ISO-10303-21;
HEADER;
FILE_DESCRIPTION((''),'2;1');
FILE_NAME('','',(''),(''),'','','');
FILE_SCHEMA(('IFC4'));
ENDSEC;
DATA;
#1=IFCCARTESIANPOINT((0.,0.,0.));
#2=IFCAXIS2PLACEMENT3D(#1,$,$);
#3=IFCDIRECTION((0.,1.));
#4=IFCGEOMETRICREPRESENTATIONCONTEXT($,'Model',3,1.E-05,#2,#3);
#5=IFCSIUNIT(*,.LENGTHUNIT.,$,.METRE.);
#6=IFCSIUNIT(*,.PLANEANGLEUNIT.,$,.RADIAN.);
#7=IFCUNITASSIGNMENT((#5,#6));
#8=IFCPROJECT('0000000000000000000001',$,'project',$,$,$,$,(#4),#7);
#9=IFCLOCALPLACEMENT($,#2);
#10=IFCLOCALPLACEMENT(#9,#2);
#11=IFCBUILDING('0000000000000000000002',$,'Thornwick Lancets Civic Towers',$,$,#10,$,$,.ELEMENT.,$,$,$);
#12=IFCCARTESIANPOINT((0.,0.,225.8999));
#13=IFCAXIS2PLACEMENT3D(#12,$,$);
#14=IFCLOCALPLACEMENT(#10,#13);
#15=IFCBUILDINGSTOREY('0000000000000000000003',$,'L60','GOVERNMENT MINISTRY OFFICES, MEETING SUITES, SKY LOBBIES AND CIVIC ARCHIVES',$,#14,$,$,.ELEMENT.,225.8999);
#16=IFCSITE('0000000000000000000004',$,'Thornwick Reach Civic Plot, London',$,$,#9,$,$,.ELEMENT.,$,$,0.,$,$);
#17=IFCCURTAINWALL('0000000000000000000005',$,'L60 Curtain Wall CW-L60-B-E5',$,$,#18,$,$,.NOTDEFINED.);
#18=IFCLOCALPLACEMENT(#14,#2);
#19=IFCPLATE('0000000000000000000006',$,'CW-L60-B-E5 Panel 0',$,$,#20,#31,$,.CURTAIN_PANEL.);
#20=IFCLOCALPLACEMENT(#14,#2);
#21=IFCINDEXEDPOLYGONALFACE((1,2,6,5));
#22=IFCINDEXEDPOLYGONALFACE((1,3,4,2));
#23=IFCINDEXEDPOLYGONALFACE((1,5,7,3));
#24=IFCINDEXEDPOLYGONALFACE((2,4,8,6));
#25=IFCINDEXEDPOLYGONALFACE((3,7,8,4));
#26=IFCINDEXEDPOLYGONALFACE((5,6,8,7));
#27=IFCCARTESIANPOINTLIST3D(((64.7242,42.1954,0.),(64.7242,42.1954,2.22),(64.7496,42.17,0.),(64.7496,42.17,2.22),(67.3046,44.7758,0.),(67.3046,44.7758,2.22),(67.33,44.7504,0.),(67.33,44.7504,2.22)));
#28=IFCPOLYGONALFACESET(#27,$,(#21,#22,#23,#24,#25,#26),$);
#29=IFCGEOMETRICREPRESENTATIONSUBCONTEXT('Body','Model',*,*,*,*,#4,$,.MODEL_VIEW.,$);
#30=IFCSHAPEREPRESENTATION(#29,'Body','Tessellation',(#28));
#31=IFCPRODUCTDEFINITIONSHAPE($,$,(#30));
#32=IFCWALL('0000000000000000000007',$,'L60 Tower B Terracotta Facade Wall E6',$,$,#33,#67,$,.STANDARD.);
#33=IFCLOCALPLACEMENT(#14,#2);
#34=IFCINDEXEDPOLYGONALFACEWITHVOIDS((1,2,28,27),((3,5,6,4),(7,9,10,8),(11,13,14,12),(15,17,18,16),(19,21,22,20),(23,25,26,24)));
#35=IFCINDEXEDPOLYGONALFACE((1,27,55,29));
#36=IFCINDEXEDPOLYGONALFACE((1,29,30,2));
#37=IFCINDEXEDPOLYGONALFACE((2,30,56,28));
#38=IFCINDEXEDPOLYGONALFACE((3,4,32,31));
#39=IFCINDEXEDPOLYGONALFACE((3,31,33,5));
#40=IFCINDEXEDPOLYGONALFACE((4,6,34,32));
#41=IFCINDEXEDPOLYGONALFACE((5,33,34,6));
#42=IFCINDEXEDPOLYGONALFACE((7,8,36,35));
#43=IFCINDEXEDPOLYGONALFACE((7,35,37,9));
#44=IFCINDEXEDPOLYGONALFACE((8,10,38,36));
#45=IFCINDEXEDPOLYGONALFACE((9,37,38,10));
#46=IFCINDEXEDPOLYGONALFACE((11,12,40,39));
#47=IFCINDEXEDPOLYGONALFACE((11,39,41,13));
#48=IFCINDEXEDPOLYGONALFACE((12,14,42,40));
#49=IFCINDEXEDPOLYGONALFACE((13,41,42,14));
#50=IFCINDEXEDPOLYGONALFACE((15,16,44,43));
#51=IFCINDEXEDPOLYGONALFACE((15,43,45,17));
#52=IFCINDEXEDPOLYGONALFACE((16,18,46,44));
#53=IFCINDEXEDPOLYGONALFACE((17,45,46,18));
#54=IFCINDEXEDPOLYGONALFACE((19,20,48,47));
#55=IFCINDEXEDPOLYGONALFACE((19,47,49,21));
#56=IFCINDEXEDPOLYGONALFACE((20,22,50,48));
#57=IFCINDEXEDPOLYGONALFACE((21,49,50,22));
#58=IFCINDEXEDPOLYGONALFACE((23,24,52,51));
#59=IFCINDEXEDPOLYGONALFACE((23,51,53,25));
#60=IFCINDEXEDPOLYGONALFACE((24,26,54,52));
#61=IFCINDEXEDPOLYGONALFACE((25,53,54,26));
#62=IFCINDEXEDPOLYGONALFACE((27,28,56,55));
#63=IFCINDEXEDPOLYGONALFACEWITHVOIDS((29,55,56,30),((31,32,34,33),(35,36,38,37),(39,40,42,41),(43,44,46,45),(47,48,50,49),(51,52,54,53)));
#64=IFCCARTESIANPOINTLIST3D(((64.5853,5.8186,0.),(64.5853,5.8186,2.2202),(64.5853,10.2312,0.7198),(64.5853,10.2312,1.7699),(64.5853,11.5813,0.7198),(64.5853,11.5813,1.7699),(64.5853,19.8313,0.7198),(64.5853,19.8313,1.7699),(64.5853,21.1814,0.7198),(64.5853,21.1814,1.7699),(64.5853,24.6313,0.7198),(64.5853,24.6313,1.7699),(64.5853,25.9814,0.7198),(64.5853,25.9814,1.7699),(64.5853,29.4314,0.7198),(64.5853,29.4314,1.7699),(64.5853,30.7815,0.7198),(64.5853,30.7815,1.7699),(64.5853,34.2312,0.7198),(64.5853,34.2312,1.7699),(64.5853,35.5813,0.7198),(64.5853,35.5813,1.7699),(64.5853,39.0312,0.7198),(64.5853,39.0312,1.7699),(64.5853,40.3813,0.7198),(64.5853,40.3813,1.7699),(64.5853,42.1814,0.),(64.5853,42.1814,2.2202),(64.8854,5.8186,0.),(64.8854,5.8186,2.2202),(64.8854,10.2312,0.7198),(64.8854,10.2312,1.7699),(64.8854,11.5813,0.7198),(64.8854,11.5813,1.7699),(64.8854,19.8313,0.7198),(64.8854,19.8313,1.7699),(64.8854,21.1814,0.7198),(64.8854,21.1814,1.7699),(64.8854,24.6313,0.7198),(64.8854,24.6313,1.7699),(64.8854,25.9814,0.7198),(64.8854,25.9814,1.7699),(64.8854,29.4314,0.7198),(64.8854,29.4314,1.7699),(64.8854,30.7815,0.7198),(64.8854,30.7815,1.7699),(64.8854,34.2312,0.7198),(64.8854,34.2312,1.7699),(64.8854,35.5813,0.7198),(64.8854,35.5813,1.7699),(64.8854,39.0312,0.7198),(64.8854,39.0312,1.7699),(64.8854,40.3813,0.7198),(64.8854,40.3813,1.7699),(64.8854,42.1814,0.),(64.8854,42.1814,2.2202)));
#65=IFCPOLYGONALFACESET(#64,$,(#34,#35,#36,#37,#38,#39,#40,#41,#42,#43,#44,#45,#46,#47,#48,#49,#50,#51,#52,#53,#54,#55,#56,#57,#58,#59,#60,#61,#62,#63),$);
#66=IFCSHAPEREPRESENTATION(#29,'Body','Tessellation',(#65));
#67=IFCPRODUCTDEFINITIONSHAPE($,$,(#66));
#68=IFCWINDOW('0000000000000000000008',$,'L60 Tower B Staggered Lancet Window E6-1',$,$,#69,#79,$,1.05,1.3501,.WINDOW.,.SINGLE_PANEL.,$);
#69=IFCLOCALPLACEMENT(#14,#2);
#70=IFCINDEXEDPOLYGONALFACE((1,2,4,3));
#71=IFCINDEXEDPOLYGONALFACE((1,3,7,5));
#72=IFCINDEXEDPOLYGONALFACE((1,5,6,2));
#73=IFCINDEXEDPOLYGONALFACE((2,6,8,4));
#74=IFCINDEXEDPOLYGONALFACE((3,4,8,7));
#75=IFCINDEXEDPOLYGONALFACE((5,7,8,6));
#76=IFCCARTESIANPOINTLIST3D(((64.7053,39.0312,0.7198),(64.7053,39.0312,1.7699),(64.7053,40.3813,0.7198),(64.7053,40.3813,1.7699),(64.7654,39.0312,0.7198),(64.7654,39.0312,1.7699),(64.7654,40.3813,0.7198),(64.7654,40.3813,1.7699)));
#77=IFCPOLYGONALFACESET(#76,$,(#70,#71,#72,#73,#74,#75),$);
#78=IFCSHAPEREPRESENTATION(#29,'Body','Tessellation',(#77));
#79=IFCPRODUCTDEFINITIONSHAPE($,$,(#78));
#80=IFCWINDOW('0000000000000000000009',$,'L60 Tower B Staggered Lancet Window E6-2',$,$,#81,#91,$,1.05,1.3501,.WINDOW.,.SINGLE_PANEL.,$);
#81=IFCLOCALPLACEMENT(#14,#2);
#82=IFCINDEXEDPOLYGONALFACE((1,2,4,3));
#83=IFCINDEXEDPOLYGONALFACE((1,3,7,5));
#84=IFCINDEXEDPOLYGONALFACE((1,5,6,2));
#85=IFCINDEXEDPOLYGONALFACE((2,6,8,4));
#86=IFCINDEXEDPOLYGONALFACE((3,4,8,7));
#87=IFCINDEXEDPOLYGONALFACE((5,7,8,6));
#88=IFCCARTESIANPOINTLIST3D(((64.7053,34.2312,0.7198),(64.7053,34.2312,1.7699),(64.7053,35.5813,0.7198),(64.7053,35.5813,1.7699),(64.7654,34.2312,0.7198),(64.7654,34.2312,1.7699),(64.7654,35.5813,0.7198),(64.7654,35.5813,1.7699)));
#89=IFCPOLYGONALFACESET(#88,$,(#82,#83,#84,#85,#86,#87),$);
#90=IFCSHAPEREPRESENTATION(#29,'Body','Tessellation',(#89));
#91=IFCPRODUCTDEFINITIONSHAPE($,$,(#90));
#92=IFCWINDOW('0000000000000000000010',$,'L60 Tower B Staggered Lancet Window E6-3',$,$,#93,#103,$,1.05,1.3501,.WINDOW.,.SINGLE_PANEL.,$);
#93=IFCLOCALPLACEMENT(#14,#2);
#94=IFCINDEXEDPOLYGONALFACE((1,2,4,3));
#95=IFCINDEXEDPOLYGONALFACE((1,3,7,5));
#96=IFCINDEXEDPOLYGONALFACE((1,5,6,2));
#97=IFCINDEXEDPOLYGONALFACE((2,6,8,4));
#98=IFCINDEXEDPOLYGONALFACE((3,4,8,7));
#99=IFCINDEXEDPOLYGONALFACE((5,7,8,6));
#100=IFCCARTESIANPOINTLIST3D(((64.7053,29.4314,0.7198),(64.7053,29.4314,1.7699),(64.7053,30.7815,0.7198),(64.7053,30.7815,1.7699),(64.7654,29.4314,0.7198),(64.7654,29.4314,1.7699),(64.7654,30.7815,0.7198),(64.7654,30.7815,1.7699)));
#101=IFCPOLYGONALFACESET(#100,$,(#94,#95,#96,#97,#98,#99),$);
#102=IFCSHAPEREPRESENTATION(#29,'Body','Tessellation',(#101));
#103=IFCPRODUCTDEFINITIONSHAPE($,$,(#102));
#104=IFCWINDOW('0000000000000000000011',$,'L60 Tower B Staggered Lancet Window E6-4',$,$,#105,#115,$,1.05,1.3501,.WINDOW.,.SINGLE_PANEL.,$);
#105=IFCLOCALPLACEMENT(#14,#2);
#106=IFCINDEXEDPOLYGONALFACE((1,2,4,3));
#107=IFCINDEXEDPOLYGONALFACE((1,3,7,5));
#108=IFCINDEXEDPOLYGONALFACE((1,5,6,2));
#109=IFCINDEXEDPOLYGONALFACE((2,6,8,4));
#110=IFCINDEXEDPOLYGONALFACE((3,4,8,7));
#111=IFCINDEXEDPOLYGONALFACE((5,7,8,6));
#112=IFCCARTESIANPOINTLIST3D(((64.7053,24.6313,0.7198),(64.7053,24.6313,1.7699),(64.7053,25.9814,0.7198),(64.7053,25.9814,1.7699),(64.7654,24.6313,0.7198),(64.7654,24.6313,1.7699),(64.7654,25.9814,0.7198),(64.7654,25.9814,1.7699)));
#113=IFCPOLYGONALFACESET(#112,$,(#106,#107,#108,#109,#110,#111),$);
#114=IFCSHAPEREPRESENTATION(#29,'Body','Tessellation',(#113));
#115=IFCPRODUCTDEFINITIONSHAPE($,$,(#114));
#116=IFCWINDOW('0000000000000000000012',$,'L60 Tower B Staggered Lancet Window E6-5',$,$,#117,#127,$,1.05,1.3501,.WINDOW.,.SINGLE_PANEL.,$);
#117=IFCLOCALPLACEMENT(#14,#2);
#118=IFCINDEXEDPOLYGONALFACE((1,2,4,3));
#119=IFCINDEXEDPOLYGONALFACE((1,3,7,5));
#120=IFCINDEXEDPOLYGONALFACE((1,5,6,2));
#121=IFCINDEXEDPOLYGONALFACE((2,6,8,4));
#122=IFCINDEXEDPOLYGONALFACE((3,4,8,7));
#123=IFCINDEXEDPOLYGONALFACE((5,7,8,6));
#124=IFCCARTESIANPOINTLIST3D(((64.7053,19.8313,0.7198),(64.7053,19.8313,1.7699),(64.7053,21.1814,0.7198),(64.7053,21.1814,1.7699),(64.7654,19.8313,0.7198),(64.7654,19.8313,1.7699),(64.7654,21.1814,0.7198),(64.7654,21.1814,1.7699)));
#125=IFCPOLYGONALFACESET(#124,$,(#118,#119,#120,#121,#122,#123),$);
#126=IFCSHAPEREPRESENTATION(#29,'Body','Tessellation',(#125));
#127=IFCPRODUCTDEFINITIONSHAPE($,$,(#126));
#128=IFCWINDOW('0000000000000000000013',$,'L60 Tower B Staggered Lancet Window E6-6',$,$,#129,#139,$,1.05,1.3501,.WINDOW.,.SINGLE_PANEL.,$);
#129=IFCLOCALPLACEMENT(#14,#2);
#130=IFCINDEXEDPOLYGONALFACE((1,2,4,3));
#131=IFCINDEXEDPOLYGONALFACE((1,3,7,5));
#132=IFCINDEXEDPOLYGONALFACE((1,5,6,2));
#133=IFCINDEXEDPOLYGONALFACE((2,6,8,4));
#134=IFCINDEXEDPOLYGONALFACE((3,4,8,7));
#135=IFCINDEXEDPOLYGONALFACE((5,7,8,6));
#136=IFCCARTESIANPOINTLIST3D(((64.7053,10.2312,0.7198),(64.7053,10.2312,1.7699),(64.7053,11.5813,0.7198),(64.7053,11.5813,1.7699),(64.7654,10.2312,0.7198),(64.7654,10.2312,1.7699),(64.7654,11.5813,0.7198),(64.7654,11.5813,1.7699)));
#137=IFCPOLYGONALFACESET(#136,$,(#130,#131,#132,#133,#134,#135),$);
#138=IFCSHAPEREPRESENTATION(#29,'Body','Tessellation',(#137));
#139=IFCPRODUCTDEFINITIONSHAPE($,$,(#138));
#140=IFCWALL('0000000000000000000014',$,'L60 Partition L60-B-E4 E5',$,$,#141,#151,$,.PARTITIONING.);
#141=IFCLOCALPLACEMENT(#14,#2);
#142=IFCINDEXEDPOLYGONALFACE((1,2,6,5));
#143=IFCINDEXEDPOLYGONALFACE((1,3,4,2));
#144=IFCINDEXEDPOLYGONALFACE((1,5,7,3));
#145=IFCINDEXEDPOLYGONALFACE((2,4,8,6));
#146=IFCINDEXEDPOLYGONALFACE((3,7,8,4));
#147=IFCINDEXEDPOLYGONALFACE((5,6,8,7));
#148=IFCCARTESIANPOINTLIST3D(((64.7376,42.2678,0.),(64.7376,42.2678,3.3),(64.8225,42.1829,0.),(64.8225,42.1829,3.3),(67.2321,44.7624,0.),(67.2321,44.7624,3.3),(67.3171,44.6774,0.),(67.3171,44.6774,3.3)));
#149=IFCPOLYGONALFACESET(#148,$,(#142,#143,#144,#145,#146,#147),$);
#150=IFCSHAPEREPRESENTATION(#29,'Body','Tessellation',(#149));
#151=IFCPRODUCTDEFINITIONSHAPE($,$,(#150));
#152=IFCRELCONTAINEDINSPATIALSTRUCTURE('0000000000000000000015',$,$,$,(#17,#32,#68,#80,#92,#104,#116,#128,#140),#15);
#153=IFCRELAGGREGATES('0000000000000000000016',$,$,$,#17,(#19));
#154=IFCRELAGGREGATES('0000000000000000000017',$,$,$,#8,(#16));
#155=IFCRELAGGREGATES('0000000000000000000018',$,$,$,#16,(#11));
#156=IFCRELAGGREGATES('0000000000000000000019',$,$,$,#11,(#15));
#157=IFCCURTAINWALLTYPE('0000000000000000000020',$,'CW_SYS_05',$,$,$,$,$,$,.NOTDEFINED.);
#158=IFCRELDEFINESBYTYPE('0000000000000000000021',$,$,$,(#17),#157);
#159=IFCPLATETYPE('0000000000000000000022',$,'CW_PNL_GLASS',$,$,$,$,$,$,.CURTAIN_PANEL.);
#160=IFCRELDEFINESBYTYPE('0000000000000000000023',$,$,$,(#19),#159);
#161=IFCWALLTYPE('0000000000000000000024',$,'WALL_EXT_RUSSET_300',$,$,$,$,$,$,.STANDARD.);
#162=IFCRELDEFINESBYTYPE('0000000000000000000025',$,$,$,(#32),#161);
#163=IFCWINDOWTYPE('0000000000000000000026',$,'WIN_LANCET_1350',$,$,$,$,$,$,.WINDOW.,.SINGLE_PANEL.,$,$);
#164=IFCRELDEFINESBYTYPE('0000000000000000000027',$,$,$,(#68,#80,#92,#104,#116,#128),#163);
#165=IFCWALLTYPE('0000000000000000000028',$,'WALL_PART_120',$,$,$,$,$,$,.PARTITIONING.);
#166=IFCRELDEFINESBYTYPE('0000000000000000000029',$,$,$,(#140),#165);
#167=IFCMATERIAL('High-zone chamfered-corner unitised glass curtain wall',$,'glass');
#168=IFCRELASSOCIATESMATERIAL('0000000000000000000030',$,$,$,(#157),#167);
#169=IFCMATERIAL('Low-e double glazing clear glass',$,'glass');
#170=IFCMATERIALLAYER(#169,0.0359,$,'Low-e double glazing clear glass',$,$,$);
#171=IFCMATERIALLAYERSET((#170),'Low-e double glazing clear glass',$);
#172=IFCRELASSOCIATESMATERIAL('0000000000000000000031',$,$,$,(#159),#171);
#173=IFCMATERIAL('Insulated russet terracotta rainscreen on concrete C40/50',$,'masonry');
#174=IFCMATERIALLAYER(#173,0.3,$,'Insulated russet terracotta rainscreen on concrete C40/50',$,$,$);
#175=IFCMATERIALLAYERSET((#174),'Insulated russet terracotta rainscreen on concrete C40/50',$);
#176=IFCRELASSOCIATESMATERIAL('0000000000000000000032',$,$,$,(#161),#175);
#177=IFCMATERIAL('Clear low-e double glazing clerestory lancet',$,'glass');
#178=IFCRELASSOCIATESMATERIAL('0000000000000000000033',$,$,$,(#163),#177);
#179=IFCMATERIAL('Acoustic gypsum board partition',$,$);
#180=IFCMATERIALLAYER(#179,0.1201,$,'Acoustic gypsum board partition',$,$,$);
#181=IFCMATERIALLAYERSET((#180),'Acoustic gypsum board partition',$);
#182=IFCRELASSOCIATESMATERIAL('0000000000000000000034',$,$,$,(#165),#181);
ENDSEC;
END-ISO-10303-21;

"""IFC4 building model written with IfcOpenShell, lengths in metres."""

from ifc_helpers import new_model, si_unit, direction, frame, frame_2d, origin, origin_2d, place, context, subcontext, project, spatial, rectangle, extrude, material, layer, layer_set, type_object, element, fill, aggregate, save


model = new_model("IFC4")

# Units and contexts
model_context = context("Model", 3, precision=1e-05, world=origin(), true_north=direction((0.0, 1.0)))
body_context = subcontext(model_context, "Body", "Model", "MODEL_VIEW")
ifc_project = project(units=[si_unit("LENGTHUNIT", "METRE"), si_unit("PLANEANGLEUNIT", "RADIAN")], contexts=[model_context])

# Site, building, storey
site_placement = place(None, origin())
site = spatial("IfcSite", under=ifc_project, at=site_placement, Name="Thornwick Reach Civic Plot, London", CompositionType="ELEMENT", RefElevation=0.0)
building_placement = place(site_placement, origin())
building = spatial("IfcBuilding", under=site, at=building_placement, Name="Thornwick Lancets Civic Towers", CompositionType="ELEMENT")
storey_placement = place(building_placement, frame((0.0, 0.0, 225.8999)))
storey = spatial("IfcBuildingStorey", under=building, at=storey_placement, Name="L60", Description="GOVERNMENT MINISTRY OFFICES, MEETING SUITES, SKY LOBBIES AND CIVIC ARCHIVES", CompositionType="ELEMENT", Elevation=225.8999)

# Shared definitions
ifc_material_1 = material(Name="High-zone chamfered-corner unitised glass curtain wall", Category="glass")
curtain_wall_type = type_object("IfcCurtainWallType", Name="CW_SYS_05", PredefinedType="NOTDEFINED", material=ifc_material_1)

# Curtain wall
curtain_wall_1_placement = place(storey_placement, origin())
curtain_wall_1 = element("IfcCurtainWall", 1, at=curtain_wall_1_placement, inside=storey, type_object=curtain_wall_type, Name="L60 Curtain Wall CW-L60-B-E5", PredefinedType="NOTDEFINED")

# Plate
ifc_material_2 = material(Name="Low-e double glazing clear glass", Category="glass")
ifc_layer_1 = layer(ifc_material_2, 0.0359, Name="Low-e double glazing clear glass")
ifc_layer_set_1 = layer_set([ifc_layer_1], Name="Low-e double glazing clear glass")
plate_type = type_object("IfcPlateType", Name="CW_PNL_GLASS", PredefinedType="CURTAIN_PANEL", material=ifc_layer_set_1)
plate_placement = place(storey_placement, frame((66.0271, 43.4729, 0.0), z_axis=(0.0, 0.0, 1.0), x_axis=(-0.707107, -0.707107, 0.0)))
plate = element("IfcPlate", 2, at=plate_placement, type_object=plate_type, Name="CW-L60-B-E5 Panel 0", PredefinedType="CURTAIN_PANEL", context=body_context, shape_type="SweptSolid", body=[
    extrude(rectangle(XDim=3.6492, YDim=0.0359, at=origin_2d()), origin(), (0.0, 0.0, 1.0), 2.22),
])
aggregate(curtain_wall_1, [plate])

# Wall, openings, windows
ifc_material_3 = material(Name="Insulated russet terracotta rainscreen on concrete C40/50", Category="masonry")
ifc_layer_2 = layer(ifc_material_3, 0.3, Name="Insulated russet terracotta rainscreen on concrete C40/50")
ifc_layer_set_2 = layer_set([ifc_layer_2], Name="Insulated russet terracotta rainscreen on concrete C40/50")
wall_type_1 = type_object("IfcWallType", Name="WALL_EXT_RUSSET_300", PredefinedType="STANDARD", material=ifc_layer_set_2)
wall_1_placement = place(storey_placement, frame((64.7354, 42.1814, 0.0), z_axis=(0.0, 0.0, 1.0), x_axis=(0.0, -1.0, 0.0)))
wall_1 = element("IfcWall", 3, at=wall_1_placement, inside=storey, type_object=wall_type_1, Name="L60 Tower B Terracotta Facade Wall E6", PredefinedType="STANDARD", context=body_context, shape_type="SweptSolid", body=[
    extrude(rectangle(XDim=36.3628, YDim=0.3, at=frame_2d((18.1814, 0.0))), origin(), (0.0, 0.0, 1.0), 2.2202),
])
opening_1_placement = place(wall_1_placement, frame((1.8, 0.0, 0.72)))
opening_1 = element("IfcOpeningElement", 4, at=opening_1_placement, cuts=wall_1, PredefinedType="OPENING", context=body_context, shape_type="SweptSolid", body=[
    extrude(rectangle(XDim=1.3501, YDim=1.05, at=frame_2d((0.675, 0.5249))), frame((0.0, 0.1602, 0.0), z_axis=(0.0, -1.0, 0.0), x_axis=(1.0, 0.0, 0.0)), (0.0, 0.0, 1.0), 0.3201),
])
opening_2_placement = place(wall_1_placement, frame((6.6001, 0.0, 0.72)))
opening_2 = element("IfcOpeningElement", 5, at=opening_2_placement, cuts=wall_1, PredefinedType="OPENING", context=body_context, shape_type="SweptSolid", body=[
    extrude(rectangle(XDim=1.3501, YDim=1.05, at=frame_2d((0.675, 0.5249))), frame((0.0, 0.1602, 0.0), z_axis=(0.0, -1.0, 0.0), x_axis=(1.0, 0.0, 0.0)), (0.0, 0.0, 1.0), 0.3201),
])
opening_3_placement = place(wall_1_placement, frame((11.3999, 0.0, 0.72)))
opening_3 = element("IfcOpeningElement", 6, at=opening_3_placement, cuts=wall_1, PredefinedType="OPENING", context=body_context, shape_type="SweptSolid", body=[
    extrude(rectangle(XDim=1.3501, YDim=1.05, at=frame_2d((0.675, 0.5249))), frame((0.0, 0.1602, 0.0), z_axis=(0.0, -1.0, 0.0), x_axis=(1.0, 0.0, 0.0)), (0.0, 0.0, 1.0), 0.3201),
])
opening_4_placement = place(wall_1_placement, frame((16.2, 0.0, 0.72)))
opening_4 = element("IfcOpeningElement", 7, at=opening_4_placement, cuts=wall_1, PredefinedType="OPENING", context=body_context, shape_type="SweptSolid", body=[
    extrude(rectangle(XDim=1.3501, YDim=1.05, at=frame_2d((0.675, 0.5249))), frame((0.0, 0.1602, 0.0), z_axis=(0.0, -1.0, 0.0), x_axis=(1.0, 0.0, 0.0)), (0.0, 0.0, 1.0), 0.3201),
])
opening_5_placement = place(wall_1_placement, frame((21.0, 0.0, 0.72)))
opening_5 = element("IfcOpeningElement", 8, at=opening_5_placement, cuts=wall_1, PredefinedType="OPENING", context=body_context, shape_type="SweptSolid", body=[
    extrude(rectangle(XDim=1.3501, YDim=1.05, at=frame_2d((0.675, 0.5249))), frame((0.0, 0.1602, 0.0), z_axis=(0.0, -1.0, 0.0), x_axis=(1.0, 0.0, 0.0)), (0.0, 0.0, 1.0), 0.3201),
])
opening_6_placement = place(wall_1_placement, frame((30.6001, 0.0, 0.72)))
opening_6 = element("IfcOpeningElement", 9, at=opening_6_placement, cuts=wall_1, PredefinedType="OPENING", context=body_context, shape_type="SweptSolid", body=[
    extrude(rectangle(XDim=1.3501, YDim=1.05, at=frame_2d((0.675, 0.5249))), frame((0.0, 0.1602, 0.0), z_axis=(0.0, -1.0, 0.0), x_axis=(1.0, 0.0, 0.0)), (0.0, 0.0, 1.0), 0.3201),
])
ifc_material_4 = material(Name="Clear low-e double glazing clerestory lancet", Category="glass")
window_type = type_object("IfcWindowType", Name="WIN_LANCET_1350", PartitioningType="SINGLE_PANEL", PredefinedType="WINDOW", material=ifc_material_4)
window_1_placement = place(opening_1_placement, origin())
window_1 = element("IfcWindow", 10, at=window_1_placement, inside=storey, type_object=window_type, Name="L60 Tower B Staggered Lancet Window E6-1", OverallHeight=1.05, OverallWidth=1.3501, PartitioningType="SINGLE_PANEL", PredefinedType="WINDOW", context=body_context, shape_type="SweptSolid", body=[
    extrude(rectangle(XDim=1.3501, YDim=1.05, at=frame_2d((0.675, 0.5249))), frame((0.0, 0.03, 0.0), z_axis=(0.0, -1.0, 0.0), x_axis=(1.0, 0.0, 0.0)), (0.0, 0.0, 1.0), 0.0601),
])
fill(opening_1, window_1)
window_2_placement = place(opening_2_placement, origin())
window_2 = element("IfcWindow", 11, at=window_2_placement, inside=storey, type_object=window_type, Name="L60 Tower B Staggered Lancet Window E6-2", OverallHeight=1.05, OverallWidth=1.3501, PartitioningType="SINGLE_PANEL", PredefinedType="WINDOW", context=body_context, shape_type="SweptSolid", body=[
    extrude(rectangle(XDim=1.3501, YDim=1.05, at=frame_2d((0.675, 0.5249))), frame((0.0, 0.03, 0.0), z_axis=(0.0, -1.0, 0.0), x_axis=(1.0, 0.0, 0.0)), (0.0, 0.0, 1.0), 0.0601),
])
fill(opening_2, window_2)
window_3_placement = place(opening_3_placement, origin())
window_3 = element("IfcWindow", 12, at=window_3_placement, inside=storey, type_object=window_type, Name="L60 Tower B Staggered Lancet Window E6-3", OverallHeight=1.05, OverallWidth=1.3501, PartitioningType="SINGLE_PANEL", PredefinedType="WINDOW", context=body_context, shape_type="SweptSolid", body=[
    extrude(rectangle(XDim=1.3501, YDim=1.05, at=frame_2d((0.675, 0.5249))), frame((0.0, 0.03, 0.0), z_axis=(0.0, -1.0, 0.0), x_axis=(1.0, 0.0, 0.0)), (0.0, 0.0, 1.0), 0.0601),
])
fill(opening_3, window_3)
window_4_placement = place(opening_4_placement, origin())
window_4 = element("IfcWindow", 13, at=window_4_placement, inside=storey, type_object=window_type, Name="L60 Tower B Staggered Lancet Window E6-4", OverallHeight=1.05, OverallWidth=1.3501, PartitioningType="SINGLE_PANEL", PredefinedType="WINDOW", context=body_context, shape_type="SweptSolid", body=[
    extrude(rectangle(XDim=1.3501, YDim=1.05, at=frame_2d((0.675, 0.5249))), frame((0.0, 0.03, 0.0), z_axis=(0.0, -1.0, 0.0), x_axis=(1.0, 0.0, 0.0)), (0.0, 0.0, 1.0), 0.0601),
])
fill(opening_4, window_4)
window_5_placement = place(opening_5_placement, origin())
window_5 = element("IfcWindow", 14, at=window_5_placement, inside=storey, type_object=window_type, Name="L60 Tower B Staggered Lancet Window E6-5", OverallHeight=1.05, OverallWidth=1.3501, PartitioningType="SINGLE_PANEL", PredefinedType="WINDOW", context=body_context, shape_type="SweptSolid", body=[
    extrude(rectangle(XDim=1.3501, YDim=1.05, at=frame_2d((0.675, 0.5249))), frame((0.0, 0.03, 0.0), z_axis=(0.0, -1.0, 0.0), x_axis=(1.0, 0.0, 0.0)), (0.0, 0.0, 1.0), 0.0601),
])
fill(opening_5, window_5)
window_6_placement = place(opening_6_placement, origin())
window_6 = element("IfcWindow", 15, at=window_6_placement, inside=storey, type_object=window_type, Name="L60 Tower B Staggered Lancet Window E6-6", OverallHeight=1.05, OverallWidth=1.3501, PartitioningType="SINGLE_PANEL", PredefinedType="WINDOW", context=body_context, shape_type="SweptSolid", body=[
    extrude(rectangle(XDim=1.3501, YDim=1.05, at=frame_2d((0.675, 0.5249))), frame((0.0, 0.03, 0.0), z_axis=(0.0, -1.0, 0.0), x_axis=(1.0, 0.0, 0.0)), (0.0, 0.0, 1.0), 0.0601),
])
fill(opening_6, window_6)

# Wall
ifc_material_5 = material(Name="Acoustic gypsum board partition")
ifc_layer_3 = layer(ifc_material_5, 0.1201, Name="Acoustic gypsum board partition")
ifc_layer_set_3 = layer_set([ifc_layer_3], Name="Acoustic gypsum board partition")
wall_type_2 = type_object("IfcWallType", Name="WALL_PART_120", PredefinedType="PARTITIONING", material=ifc_layer_set_3)
wall_2_placement = place(storey_placement, frame((64.78, 42.2253, 0.0), z_axis=(0.0, 0.0, 1.0), x_axis=(0.707107, 0.707107, 0.0)))
element("IfcWall", 16, at=wall_2_placement, inside=storey, type_object=wall_type_2, Name="L60 Partition L60-B-E4 E5", PredefinedType="PARTITIONING", context=body_context, shape_type="SweptSolid", body=[
    extrude(rectangle(XDim=3.5278, YDim=0.1201, at=frame_2d((1.7639, 0.0))), origin(), (0.0, 0.0, 1.0), 3.3),
])

save(model, "model.ifc")
